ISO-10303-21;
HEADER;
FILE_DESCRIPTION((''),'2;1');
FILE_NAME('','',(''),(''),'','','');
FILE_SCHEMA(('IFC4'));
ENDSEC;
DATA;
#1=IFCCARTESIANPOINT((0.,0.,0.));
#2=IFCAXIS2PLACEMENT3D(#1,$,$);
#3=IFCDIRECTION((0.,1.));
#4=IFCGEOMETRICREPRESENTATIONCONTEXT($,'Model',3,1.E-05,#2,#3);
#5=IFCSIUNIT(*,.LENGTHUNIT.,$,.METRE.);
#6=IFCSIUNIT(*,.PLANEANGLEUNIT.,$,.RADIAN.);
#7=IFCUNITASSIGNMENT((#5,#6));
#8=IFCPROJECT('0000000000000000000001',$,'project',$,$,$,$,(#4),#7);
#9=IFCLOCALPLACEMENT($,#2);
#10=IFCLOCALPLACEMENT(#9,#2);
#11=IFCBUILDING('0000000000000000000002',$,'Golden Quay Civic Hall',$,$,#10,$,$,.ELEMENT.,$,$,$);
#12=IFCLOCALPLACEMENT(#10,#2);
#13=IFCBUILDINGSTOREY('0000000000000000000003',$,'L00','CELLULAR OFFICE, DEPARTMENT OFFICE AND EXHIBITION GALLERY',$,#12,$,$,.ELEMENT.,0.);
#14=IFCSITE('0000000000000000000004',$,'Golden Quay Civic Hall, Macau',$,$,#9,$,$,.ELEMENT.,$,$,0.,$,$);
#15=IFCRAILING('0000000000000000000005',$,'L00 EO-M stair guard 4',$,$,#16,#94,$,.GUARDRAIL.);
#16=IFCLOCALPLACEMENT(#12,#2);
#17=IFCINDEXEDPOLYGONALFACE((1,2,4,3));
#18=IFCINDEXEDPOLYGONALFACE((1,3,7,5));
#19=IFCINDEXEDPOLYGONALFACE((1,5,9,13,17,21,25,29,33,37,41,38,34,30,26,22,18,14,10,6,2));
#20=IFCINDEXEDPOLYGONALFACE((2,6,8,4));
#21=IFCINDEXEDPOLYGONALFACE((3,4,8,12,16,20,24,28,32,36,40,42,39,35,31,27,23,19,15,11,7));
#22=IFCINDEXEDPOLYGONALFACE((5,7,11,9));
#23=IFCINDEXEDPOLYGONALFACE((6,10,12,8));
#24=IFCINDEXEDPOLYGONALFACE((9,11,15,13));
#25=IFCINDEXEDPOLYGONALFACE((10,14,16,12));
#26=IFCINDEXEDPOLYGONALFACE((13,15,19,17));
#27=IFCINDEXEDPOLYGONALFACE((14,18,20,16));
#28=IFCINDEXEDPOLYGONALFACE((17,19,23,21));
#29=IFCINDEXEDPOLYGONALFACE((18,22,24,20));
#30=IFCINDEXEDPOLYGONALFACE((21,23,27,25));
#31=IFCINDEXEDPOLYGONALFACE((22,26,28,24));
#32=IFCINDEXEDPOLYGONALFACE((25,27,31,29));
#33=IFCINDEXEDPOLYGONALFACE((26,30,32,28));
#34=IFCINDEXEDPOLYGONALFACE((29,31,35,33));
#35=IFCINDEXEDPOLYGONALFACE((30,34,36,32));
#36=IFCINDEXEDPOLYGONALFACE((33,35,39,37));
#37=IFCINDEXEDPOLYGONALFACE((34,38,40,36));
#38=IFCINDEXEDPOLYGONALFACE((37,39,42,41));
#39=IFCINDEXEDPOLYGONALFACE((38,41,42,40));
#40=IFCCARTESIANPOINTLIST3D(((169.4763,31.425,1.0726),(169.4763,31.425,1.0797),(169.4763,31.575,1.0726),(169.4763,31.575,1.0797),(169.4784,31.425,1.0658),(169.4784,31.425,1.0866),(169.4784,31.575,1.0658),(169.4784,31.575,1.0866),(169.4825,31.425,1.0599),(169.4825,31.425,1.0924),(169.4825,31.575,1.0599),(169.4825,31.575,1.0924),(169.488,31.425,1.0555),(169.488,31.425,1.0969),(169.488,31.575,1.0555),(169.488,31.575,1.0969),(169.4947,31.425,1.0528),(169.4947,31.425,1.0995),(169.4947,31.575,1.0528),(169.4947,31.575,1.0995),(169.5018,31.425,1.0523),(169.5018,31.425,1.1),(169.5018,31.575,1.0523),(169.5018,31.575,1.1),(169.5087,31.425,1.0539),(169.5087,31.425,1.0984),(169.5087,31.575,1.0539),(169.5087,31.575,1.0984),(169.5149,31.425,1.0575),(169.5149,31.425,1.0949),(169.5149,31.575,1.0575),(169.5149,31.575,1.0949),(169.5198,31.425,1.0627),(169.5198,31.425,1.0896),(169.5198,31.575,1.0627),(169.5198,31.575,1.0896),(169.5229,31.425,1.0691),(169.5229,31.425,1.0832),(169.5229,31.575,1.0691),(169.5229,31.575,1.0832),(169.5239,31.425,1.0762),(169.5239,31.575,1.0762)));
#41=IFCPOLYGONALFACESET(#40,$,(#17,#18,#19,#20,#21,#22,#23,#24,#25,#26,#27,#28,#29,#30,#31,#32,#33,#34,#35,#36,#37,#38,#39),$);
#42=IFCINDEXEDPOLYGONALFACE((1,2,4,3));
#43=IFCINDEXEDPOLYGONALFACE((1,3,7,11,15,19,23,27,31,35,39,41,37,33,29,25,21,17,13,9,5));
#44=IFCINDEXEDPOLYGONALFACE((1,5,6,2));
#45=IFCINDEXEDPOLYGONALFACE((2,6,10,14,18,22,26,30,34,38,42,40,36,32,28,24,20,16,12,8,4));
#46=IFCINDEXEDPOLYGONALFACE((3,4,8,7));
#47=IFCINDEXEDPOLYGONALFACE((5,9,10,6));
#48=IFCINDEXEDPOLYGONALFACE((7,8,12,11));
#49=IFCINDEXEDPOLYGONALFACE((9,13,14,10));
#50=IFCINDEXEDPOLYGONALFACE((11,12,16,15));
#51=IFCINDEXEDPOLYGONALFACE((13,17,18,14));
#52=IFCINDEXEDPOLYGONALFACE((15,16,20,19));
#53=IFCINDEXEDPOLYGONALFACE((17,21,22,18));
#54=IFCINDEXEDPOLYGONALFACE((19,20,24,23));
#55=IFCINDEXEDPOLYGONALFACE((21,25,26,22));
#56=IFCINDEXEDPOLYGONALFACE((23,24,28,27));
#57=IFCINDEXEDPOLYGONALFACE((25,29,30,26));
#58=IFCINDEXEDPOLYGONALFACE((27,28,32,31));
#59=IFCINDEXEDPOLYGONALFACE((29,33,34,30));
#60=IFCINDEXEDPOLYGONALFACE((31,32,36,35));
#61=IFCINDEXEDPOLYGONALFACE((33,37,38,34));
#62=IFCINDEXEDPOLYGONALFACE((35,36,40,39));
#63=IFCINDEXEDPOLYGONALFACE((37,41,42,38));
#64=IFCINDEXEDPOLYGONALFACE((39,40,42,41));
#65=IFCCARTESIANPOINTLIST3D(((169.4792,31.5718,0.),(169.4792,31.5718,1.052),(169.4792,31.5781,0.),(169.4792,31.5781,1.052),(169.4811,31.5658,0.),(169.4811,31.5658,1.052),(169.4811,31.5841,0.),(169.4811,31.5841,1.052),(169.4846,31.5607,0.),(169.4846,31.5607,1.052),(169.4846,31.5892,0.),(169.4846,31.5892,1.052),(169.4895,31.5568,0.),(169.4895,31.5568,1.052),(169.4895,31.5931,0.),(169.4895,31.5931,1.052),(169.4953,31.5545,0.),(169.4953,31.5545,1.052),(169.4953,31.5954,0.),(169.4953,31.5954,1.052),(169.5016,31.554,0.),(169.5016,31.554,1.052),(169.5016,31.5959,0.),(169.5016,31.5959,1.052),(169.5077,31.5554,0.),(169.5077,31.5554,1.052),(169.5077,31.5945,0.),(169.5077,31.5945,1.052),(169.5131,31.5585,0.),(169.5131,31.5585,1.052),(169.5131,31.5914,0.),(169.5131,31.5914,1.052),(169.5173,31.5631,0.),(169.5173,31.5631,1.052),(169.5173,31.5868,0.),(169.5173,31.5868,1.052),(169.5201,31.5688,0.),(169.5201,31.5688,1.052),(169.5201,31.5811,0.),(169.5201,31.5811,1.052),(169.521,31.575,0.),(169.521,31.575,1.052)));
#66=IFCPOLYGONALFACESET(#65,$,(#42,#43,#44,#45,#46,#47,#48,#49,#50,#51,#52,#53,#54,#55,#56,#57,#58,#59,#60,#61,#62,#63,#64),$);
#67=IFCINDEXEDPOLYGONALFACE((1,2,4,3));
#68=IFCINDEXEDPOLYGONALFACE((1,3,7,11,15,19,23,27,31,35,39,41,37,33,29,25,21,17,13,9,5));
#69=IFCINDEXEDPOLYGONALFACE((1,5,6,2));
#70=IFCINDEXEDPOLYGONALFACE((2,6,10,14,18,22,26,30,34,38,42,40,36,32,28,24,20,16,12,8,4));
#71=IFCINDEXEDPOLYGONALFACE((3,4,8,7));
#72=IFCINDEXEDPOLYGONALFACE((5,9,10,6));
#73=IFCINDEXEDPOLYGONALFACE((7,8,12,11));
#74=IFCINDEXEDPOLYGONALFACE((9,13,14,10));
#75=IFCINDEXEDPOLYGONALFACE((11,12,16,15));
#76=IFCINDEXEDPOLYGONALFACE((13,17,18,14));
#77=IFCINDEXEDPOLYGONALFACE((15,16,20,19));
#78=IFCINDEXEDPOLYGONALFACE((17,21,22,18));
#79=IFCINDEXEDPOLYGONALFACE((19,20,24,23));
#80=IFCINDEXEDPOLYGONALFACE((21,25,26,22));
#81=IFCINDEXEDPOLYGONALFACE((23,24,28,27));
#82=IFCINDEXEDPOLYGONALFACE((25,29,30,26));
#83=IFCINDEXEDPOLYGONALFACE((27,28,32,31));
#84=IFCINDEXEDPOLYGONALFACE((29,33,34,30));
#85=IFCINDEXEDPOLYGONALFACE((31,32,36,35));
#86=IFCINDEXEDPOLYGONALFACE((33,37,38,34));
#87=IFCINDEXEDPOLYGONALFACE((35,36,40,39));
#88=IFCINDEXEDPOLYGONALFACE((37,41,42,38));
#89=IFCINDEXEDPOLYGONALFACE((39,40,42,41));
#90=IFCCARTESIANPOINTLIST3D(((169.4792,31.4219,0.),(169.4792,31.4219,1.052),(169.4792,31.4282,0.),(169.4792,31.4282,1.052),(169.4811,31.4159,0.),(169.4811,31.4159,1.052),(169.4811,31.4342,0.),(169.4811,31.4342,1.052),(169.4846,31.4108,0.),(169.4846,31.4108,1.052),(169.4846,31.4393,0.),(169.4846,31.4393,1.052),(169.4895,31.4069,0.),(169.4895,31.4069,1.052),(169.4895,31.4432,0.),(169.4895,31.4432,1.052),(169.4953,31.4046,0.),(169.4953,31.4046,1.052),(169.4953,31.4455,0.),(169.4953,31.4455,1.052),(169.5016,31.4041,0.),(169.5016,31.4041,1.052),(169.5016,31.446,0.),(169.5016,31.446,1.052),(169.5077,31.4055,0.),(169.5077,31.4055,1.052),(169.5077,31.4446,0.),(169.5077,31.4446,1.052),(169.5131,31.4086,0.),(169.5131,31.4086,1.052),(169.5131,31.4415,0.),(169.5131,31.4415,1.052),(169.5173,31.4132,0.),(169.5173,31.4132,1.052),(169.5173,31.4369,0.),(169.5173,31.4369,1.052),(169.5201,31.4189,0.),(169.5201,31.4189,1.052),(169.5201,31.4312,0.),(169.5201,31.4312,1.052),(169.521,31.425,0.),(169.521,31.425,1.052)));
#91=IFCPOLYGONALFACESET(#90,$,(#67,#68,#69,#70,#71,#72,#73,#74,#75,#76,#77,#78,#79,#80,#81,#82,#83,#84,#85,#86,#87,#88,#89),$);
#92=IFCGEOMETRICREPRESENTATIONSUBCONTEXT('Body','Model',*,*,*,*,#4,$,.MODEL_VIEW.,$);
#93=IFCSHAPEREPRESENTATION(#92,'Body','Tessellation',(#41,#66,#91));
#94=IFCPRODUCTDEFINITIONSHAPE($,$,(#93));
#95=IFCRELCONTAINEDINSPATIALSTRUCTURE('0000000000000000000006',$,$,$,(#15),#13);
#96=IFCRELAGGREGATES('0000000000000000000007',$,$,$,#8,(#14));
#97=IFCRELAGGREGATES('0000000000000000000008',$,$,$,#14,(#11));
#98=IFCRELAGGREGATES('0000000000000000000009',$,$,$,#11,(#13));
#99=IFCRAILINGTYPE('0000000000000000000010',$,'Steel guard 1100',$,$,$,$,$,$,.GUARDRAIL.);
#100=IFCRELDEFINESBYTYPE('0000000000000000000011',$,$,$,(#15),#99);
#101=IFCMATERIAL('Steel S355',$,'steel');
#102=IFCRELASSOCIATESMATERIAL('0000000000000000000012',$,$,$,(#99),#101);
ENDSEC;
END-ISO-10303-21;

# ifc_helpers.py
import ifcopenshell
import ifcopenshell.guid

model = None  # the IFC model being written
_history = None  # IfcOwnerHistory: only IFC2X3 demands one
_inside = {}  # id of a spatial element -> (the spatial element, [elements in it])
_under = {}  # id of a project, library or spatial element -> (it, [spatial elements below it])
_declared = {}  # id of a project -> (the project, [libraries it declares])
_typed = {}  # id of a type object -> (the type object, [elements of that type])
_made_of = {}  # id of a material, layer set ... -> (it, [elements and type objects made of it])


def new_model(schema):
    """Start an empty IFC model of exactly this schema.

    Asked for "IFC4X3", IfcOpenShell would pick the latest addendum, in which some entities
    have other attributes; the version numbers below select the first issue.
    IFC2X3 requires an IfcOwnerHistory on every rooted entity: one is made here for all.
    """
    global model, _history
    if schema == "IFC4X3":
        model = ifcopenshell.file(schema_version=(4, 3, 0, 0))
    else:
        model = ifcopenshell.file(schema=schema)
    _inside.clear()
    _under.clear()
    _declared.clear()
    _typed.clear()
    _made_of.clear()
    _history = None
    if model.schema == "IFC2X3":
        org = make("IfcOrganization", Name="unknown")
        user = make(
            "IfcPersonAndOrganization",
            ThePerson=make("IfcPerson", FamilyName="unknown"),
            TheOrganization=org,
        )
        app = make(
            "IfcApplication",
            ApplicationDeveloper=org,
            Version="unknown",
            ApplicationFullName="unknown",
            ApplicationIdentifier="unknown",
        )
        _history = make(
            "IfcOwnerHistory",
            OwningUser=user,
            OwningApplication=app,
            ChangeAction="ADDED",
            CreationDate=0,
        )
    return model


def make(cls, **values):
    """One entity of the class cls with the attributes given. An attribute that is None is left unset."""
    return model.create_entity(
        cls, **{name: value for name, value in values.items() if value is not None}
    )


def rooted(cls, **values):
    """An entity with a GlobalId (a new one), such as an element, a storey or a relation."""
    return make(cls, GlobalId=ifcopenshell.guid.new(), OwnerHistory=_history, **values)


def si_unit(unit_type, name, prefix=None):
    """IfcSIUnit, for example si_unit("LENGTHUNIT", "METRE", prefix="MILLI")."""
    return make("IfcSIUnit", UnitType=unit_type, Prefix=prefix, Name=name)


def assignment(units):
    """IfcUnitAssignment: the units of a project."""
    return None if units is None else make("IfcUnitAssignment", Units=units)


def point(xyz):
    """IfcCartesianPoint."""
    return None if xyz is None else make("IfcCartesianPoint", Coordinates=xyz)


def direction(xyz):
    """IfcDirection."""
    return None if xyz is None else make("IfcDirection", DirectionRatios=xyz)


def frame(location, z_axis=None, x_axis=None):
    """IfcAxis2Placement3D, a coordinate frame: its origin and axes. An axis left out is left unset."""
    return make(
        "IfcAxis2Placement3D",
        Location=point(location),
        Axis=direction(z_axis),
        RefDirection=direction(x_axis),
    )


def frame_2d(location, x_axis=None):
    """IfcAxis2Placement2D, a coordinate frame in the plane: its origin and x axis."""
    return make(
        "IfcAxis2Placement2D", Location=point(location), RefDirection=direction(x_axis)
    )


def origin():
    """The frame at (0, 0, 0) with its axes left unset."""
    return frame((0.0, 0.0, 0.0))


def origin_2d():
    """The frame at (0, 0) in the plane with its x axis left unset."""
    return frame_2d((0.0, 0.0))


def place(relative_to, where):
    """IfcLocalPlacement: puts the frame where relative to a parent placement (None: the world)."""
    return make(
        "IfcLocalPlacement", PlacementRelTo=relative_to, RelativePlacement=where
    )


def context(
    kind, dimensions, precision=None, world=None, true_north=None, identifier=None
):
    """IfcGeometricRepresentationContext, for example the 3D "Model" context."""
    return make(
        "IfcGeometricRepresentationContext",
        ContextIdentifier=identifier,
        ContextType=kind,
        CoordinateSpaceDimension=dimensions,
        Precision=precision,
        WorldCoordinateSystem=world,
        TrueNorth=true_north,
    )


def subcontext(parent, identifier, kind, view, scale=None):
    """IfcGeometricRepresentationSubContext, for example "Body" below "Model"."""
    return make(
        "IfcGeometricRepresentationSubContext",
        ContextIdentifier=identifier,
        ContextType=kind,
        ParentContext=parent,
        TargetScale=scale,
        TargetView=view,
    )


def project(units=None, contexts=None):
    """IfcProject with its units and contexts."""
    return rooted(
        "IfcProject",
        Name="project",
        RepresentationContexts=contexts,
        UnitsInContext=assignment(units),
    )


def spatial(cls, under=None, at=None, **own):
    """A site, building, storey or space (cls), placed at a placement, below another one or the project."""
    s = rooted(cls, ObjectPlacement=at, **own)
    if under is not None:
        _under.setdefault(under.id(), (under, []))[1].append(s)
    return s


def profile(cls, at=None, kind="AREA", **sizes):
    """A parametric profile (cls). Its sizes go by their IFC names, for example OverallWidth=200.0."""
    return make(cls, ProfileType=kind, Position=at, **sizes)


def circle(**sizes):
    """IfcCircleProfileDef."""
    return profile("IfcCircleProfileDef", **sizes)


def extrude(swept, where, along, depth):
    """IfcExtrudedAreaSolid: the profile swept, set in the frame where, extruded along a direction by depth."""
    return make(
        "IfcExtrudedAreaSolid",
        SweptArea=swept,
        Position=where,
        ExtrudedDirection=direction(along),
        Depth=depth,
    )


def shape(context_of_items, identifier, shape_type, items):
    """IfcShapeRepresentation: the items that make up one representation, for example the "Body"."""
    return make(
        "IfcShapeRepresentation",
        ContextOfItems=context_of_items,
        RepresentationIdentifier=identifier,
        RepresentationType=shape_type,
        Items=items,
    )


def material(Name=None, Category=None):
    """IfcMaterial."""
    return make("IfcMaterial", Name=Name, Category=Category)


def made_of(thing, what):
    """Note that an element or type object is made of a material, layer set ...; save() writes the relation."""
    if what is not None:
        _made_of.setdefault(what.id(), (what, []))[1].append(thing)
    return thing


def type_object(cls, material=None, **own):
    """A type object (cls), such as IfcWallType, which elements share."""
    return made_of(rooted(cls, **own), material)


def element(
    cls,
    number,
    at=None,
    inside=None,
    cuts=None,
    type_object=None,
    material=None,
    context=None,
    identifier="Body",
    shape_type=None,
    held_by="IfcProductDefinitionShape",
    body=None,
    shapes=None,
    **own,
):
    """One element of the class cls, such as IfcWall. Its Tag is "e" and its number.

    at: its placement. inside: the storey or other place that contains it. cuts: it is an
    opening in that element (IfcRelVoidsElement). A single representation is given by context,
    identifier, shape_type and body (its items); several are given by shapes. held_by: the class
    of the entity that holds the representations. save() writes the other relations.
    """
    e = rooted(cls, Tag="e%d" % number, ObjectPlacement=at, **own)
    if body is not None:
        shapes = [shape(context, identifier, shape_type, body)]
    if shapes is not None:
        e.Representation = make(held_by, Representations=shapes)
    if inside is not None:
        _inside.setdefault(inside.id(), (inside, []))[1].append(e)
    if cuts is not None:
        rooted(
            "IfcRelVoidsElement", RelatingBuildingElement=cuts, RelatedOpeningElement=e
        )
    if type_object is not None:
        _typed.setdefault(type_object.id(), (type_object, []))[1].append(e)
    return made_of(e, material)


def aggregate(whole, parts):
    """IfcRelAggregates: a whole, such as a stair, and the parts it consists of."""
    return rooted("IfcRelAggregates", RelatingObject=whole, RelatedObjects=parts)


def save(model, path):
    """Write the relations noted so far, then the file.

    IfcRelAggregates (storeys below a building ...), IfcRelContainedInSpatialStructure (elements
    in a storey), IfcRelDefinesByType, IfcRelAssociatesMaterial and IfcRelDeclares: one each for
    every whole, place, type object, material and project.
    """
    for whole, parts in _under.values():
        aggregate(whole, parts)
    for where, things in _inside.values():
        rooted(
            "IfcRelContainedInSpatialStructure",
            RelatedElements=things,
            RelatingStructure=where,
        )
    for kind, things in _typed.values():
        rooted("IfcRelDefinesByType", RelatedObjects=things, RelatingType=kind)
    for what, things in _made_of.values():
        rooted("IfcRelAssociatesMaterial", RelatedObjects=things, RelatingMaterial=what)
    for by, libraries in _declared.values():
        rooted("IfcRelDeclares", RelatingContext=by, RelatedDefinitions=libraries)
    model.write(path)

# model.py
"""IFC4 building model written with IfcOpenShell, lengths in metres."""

from ifc_helpers import new_model, si_unit, direction, frame, origin, origin_2d, place, context, subcontext, project, spatial, circle, extrude, material, type_object, element, save


model = new_model("IFC4")

# Units and contexts
model_context = context("Model", 3, precision=1e-05, world=origin(), true_north=direction((0.0, 1.0)))
body_context = subcontext(model_context, "Body", "Model", "MODEL_VIEW")
ifc_project = project(units=[si_unit("LENGTHUNIT", "METRE"), si_unit("PLANEANGLEUNIT", "RADIAN")], contexts=[model_context])

# Site, building, storey
site_placement = place(None, origin())
site = spatial("IfcSite", under=ifc_project, at=site_placement, Name="Golden Quay Civic Hall, Macau", CompositionType="ELEMENT", RefElevation=0.0)
building_placement = place(site_placement, origin())
building = spatial("IfcBuilding", under=site, at=building_placement, Name="Golden Quay Civic Hall", CompositionType="ELEMENT")
storey_placement = place(building_placement, origin())
storey = spatial("IfcBuildingStorey", under=building, at=storey_placement, Name="L00", Description="CELLULAR OFFICE, DEPARTMENT OFFICE AND EXHIBITION GALLERY", CompositionType="ELEMENT", Elevation=0.0)

# Railing
ifc_material_1 = material(Name="Steel S355", Category="steel")
railing_type_1 = type_object("IfcRailingType", Name="Steel guard 1100", PredefinedType="GUARDRAIL", material=ifc_material_1)
railing_1_placement = place(storey_placement, frame((169.5, 31.575, 0.0)))
element("IfcRailing", 1, at=railing_1_placement, inside=storey, type_object=railing_type_1, Name="L00 EO-M stair guard 4", PredefinedType="GUARDRAIL", context=body_context, shape_type="SweptSolid", body=[
    extrude(circle(Radius=0.0239, at=origin_2d()), frame((0.0, 0.0, 1.0762), z_axis=(0.0, -1.0, 0.0), x_axis=(1.0, 0.0, 0.0)), (0.0, 0.0, 1.0), 0.1499),
    extrude(circle(Radius=0.021, at=origin_2d()), origin(), (0.0, 0.0, 1.0), 1.052),
    extrude(circle(Radius=0.021, at=origin_2d()), frame((0.0, -0.1499, 0.0)), (0.0, 0.0, 1.0), 1.052),
])

save(model, "model.ifc")
